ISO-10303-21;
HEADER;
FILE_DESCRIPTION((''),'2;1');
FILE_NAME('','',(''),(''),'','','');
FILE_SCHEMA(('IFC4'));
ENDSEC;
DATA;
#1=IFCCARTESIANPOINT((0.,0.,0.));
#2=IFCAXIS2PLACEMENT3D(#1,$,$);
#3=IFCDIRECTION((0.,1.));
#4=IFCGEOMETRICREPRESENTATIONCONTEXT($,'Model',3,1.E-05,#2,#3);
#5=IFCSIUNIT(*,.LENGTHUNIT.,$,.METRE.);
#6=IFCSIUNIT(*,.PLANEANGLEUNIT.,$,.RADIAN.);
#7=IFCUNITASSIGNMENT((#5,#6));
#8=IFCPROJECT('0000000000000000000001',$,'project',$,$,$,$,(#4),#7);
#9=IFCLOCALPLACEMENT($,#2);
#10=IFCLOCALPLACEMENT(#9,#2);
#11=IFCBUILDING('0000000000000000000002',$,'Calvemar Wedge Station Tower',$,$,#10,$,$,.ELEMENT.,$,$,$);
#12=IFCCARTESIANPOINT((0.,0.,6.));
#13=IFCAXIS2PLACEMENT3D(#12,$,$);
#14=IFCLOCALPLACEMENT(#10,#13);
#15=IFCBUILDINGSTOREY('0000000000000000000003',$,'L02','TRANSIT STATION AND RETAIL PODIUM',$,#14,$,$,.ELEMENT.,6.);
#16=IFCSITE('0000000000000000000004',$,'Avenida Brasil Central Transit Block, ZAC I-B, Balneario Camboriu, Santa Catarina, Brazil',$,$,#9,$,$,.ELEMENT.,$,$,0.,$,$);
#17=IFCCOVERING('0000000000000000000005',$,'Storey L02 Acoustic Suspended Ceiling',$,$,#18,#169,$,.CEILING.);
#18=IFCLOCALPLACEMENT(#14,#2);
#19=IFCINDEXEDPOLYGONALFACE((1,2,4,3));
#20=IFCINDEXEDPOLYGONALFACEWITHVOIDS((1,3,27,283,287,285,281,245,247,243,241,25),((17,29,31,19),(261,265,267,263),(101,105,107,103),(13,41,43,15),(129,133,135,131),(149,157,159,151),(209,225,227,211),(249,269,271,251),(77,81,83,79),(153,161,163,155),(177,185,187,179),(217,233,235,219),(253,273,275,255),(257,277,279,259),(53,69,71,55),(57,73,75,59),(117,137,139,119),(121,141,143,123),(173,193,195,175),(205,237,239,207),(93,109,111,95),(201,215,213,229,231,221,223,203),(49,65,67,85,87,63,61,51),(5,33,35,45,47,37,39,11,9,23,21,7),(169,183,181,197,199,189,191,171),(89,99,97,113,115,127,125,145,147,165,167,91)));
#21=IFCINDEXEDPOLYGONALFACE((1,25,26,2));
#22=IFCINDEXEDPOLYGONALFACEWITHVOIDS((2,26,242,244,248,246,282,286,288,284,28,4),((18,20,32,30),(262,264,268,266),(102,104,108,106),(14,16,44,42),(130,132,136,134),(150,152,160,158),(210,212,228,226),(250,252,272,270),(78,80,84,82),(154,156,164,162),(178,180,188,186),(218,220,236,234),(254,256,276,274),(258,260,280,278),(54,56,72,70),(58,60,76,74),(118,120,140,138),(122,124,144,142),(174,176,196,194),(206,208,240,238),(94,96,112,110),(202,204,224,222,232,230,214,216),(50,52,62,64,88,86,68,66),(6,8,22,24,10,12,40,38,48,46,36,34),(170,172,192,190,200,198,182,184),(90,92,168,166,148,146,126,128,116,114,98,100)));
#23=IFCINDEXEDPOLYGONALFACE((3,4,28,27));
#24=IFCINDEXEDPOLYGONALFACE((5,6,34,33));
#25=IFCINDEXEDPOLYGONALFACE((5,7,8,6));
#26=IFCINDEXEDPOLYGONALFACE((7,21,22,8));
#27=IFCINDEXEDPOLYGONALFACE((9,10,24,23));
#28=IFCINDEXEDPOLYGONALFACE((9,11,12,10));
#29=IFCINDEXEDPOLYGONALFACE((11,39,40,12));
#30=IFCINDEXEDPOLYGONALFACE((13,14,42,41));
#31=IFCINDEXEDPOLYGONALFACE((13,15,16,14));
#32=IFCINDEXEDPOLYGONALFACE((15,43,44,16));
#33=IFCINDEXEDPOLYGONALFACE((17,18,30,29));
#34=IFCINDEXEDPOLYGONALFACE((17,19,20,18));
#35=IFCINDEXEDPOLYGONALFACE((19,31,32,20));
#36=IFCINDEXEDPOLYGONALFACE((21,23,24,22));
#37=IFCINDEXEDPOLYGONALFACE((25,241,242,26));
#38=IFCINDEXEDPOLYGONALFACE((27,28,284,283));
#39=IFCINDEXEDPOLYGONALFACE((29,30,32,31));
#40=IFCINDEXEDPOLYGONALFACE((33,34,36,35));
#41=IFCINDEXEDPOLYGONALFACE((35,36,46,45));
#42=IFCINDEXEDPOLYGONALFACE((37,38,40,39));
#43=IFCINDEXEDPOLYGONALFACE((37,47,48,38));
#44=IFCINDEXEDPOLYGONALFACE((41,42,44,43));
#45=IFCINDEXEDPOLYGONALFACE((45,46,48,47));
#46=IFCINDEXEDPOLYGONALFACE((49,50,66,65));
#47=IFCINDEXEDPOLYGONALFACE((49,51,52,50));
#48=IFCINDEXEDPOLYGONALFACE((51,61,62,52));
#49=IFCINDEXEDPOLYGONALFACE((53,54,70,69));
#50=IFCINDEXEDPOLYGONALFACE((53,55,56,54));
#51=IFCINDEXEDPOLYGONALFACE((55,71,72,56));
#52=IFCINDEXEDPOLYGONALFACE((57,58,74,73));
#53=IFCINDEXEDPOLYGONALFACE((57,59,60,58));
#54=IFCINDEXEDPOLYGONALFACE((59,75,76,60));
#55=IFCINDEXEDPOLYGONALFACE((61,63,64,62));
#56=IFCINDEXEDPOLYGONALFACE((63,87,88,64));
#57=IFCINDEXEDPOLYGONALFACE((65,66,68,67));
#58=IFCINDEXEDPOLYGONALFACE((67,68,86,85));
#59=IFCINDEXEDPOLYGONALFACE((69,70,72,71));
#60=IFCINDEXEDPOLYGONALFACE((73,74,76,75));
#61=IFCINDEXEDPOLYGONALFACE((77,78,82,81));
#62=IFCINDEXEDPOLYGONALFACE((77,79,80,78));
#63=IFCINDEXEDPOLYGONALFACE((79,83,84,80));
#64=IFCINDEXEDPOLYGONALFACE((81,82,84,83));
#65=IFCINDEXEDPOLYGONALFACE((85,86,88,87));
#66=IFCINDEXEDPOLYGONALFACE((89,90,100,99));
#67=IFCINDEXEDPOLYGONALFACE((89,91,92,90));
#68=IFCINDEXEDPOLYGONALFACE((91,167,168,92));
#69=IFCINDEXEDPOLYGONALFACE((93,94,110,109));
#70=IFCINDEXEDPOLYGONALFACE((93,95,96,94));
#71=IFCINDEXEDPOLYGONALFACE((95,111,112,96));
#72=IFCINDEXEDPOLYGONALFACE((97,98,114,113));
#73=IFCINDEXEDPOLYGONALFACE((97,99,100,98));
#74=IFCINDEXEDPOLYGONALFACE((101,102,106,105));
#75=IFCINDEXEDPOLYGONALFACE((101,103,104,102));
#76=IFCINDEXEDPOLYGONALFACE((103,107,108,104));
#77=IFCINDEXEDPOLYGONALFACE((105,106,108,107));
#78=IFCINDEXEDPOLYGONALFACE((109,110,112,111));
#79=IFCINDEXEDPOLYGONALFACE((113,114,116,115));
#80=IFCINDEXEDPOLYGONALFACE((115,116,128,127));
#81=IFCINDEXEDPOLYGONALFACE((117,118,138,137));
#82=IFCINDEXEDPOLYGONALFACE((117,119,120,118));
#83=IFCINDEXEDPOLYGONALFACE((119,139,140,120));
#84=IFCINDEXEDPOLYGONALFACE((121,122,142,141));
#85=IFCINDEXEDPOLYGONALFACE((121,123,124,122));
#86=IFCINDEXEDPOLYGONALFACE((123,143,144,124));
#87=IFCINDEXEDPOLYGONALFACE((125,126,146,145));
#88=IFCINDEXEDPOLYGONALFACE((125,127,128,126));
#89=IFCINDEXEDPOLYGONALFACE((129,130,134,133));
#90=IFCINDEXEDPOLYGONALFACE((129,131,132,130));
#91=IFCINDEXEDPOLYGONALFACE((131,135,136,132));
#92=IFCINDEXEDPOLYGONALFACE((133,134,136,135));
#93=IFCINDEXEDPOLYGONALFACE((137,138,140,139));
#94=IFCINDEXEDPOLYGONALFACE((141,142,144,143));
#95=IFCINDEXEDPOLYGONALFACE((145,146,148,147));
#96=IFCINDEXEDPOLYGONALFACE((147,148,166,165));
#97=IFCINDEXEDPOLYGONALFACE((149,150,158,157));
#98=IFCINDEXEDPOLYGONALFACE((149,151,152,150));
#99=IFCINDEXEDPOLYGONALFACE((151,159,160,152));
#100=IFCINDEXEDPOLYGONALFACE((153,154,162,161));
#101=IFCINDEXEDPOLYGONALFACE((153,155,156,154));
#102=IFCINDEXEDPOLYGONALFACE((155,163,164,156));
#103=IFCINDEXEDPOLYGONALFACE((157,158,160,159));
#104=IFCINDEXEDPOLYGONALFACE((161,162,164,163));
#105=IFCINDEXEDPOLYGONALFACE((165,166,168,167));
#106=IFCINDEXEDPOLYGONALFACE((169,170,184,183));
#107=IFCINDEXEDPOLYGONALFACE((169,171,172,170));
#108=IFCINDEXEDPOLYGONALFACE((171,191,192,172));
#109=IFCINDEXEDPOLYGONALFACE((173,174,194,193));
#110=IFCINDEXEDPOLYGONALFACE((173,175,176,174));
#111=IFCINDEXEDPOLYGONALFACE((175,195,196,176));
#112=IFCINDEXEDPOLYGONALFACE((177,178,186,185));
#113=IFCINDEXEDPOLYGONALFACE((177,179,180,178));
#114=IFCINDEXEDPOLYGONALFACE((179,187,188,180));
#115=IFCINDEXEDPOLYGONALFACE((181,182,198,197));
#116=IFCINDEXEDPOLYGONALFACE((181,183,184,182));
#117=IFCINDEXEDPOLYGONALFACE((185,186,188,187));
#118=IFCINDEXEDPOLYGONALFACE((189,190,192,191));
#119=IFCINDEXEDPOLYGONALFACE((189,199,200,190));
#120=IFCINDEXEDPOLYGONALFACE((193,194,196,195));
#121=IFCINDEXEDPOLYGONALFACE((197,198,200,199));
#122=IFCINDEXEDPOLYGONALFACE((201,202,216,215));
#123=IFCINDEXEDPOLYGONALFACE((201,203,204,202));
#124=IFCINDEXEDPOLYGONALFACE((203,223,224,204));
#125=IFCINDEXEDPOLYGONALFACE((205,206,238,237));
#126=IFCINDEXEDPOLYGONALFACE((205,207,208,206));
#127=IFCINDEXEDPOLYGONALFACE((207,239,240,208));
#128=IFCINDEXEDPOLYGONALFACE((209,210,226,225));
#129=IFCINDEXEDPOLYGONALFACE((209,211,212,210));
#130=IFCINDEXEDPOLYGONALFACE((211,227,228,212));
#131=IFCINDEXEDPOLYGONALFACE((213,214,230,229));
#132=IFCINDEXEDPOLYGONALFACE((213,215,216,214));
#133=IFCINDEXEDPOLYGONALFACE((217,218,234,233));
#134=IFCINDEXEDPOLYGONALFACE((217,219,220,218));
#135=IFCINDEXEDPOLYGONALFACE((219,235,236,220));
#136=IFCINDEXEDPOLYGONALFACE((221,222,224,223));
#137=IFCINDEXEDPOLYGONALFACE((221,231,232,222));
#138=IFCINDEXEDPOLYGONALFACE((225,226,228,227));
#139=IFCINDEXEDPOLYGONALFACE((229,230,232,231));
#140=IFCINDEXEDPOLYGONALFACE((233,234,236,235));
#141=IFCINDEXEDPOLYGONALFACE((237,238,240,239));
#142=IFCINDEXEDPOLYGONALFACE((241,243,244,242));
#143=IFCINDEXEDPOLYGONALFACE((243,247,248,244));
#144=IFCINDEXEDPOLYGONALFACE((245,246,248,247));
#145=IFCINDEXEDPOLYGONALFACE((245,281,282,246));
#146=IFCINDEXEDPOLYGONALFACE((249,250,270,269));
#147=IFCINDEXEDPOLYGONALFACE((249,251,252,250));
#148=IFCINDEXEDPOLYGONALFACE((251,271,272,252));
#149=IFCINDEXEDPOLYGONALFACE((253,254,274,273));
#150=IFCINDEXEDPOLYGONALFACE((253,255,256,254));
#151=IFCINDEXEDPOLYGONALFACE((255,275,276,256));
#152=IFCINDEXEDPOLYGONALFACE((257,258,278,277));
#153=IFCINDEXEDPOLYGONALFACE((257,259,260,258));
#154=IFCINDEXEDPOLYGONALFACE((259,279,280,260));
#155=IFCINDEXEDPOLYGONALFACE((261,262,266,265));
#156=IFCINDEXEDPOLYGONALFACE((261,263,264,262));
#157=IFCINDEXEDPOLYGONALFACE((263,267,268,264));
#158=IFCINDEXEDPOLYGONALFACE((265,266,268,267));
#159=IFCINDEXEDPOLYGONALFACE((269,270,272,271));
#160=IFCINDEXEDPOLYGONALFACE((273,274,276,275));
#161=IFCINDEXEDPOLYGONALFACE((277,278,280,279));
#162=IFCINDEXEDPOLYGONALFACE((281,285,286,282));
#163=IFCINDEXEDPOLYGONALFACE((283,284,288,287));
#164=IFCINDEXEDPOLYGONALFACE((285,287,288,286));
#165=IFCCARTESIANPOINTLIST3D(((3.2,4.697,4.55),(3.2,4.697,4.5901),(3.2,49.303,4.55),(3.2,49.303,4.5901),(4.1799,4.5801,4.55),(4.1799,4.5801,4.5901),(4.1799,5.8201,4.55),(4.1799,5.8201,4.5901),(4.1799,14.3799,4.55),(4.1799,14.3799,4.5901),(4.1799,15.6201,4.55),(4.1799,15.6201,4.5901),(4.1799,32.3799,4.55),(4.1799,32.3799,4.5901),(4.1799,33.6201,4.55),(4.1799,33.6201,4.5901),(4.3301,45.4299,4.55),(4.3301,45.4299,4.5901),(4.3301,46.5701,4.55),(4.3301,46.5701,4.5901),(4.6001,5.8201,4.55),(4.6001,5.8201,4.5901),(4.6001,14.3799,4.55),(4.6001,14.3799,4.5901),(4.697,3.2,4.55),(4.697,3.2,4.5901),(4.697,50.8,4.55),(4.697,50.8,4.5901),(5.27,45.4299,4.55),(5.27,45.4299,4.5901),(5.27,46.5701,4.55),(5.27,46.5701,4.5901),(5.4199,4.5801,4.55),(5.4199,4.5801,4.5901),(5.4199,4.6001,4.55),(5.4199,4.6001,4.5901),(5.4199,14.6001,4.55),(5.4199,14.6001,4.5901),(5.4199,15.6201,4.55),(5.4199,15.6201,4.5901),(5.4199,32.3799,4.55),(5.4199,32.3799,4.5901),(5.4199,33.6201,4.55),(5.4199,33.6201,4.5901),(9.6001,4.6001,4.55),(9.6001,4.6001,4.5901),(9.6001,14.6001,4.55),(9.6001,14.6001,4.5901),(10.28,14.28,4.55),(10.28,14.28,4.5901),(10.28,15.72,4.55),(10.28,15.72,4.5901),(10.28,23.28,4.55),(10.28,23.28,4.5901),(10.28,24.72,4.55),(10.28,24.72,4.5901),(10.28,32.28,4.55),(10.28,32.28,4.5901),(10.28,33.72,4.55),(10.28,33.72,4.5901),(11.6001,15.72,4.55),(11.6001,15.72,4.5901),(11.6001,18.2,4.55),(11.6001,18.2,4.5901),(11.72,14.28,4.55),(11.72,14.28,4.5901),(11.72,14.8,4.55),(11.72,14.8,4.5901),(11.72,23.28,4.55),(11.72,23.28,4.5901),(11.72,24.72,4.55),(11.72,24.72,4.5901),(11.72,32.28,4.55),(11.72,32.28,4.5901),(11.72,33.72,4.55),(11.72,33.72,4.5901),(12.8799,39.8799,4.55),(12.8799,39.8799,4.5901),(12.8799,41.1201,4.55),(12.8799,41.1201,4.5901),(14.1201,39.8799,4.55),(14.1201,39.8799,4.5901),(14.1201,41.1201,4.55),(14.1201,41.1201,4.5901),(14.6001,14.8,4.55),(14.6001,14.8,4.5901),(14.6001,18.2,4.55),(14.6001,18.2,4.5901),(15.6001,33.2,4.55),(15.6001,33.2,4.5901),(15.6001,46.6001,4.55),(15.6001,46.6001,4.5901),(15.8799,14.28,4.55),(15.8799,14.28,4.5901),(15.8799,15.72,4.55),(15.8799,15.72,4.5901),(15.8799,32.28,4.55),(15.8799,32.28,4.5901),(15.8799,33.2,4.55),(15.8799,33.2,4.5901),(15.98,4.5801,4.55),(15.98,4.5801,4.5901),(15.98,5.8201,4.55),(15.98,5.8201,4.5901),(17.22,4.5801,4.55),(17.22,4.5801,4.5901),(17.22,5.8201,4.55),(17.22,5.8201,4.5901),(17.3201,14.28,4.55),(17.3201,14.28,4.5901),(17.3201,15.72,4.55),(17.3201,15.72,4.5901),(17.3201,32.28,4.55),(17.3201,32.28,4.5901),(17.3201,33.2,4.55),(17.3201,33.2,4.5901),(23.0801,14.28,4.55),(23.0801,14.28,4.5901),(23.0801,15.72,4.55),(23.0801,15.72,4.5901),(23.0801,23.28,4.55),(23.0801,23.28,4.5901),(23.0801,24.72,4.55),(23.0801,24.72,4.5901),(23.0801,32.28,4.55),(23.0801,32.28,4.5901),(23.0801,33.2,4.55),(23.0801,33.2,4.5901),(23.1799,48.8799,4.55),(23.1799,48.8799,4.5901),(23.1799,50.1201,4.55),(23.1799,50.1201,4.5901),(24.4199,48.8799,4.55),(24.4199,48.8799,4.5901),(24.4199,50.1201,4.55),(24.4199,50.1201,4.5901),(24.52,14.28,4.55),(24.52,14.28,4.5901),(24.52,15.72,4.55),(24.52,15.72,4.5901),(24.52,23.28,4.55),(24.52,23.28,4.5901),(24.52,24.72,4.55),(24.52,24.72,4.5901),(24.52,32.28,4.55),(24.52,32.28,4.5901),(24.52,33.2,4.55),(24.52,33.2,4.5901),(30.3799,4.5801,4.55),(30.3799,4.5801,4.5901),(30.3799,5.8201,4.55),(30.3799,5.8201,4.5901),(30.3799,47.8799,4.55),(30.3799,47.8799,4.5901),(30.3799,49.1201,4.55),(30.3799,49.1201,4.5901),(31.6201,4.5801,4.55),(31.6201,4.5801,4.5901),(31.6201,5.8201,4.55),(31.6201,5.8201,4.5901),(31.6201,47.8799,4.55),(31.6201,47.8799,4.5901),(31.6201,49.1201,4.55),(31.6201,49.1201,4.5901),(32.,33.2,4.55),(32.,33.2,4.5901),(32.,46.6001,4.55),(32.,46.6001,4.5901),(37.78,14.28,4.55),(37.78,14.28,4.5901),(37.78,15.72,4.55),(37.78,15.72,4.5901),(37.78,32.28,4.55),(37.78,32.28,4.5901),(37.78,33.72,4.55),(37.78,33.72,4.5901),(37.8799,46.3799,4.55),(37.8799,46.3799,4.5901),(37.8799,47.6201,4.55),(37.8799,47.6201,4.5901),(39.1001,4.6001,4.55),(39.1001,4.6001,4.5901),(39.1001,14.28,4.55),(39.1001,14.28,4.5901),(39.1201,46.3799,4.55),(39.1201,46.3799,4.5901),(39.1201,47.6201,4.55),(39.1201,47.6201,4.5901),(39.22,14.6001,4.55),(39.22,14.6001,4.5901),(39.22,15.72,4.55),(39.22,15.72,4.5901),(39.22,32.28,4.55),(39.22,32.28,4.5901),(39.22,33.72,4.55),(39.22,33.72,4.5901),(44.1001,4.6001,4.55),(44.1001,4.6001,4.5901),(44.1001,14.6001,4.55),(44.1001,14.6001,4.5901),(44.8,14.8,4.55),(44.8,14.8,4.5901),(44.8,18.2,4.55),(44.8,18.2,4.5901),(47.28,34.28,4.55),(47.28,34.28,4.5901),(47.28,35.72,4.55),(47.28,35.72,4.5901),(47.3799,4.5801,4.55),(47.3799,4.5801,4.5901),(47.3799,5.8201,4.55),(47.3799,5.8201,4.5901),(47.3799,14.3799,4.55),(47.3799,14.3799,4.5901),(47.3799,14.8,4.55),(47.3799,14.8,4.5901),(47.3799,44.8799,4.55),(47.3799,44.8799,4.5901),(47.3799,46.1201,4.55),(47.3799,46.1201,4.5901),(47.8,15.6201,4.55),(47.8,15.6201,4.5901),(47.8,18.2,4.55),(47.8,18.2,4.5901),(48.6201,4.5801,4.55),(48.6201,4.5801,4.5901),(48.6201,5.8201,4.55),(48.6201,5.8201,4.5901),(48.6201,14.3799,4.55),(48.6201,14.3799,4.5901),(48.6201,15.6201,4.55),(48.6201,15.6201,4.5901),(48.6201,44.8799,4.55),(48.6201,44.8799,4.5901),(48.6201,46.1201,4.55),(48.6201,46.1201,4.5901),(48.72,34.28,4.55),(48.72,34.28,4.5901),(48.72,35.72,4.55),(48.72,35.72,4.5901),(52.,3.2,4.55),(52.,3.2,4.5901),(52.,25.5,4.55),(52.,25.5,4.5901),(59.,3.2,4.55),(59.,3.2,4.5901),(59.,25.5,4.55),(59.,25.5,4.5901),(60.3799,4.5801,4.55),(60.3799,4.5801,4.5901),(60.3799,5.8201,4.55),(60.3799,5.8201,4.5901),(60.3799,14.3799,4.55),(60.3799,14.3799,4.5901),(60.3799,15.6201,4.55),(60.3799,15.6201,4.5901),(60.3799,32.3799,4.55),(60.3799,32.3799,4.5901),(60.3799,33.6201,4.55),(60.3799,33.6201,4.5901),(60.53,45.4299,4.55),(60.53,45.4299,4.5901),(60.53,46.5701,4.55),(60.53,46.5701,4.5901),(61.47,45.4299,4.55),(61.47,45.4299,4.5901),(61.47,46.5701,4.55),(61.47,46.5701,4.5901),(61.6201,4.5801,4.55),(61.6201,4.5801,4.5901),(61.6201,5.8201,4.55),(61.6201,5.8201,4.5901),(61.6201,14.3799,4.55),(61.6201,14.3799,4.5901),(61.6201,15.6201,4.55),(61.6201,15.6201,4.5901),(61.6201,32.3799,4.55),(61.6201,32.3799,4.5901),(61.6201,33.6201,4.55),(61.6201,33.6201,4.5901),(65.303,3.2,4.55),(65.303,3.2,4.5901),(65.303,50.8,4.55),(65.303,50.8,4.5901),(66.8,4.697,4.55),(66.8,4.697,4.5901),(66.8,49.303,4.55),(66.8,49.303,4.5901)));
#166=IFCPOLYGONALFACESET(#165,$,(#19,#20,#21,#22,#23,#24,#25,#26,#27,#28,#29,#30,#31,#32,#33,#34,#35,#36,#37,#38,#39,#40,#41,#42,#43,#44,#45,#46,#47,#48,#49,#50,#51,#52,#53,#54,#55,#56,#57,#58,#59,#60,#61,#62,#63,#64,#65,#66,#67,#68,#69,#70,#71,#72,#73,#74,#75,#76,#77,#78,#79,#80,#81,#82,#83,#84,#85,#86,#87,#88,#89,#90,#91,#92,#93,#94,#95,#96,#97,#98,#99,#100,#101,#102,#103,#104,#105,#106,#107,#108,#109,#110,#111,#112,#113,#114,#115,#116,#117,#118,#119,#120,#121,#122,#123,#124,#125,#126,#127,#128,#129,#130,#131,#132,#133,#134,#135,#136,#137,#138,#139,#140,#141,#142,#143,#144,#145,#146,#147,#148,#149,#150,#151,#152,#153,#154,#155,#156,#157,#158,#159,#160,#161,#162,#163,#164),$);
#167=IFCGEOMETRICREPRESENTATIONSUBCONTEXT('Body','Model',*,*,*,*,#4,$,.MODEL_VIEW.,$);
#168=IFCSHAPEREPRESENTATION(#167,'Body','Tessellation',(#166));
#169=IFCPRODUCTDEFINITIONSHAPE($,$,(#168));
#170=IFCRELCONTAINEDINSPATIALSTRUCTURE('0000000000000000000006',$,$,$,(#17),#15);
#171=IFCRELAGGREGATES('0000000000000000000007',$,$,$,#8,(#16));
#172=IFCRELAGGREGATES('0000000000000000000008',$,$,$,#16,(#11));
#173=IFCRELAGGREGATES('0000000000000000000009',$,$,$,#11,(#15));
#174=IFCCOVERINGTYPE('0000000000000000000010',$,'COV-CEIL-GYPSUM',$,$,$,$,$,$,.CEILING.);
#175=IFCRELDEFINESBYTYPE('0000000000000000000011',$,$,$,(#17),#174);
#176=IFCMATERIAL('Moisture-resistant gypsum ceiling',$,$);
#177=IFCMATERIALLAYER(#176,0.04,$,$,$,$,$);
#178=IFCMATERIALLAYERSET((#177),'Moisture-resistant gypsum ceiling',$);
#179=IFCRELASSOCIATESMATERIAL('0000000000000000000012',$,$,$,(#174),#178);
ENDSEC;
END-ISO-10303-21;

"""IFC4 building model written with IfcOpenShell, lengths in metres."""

from ifc_helpers import new_model, si_unit, direction, frame, origin, place, context, subcontext, project, spatial, polyline, outline, extrude, material, layer, layer_set, type_object, element, save


model = new_model("IFC4")

# Units and contexts
model_context = context("Model", 3, precision=1e-05, world=origin(), true_north=direction((0.0, 1.0)))
body_context = subcontext(model_context, "Body", "Model", "MODEL_VIEW")
ifc_project = project(units=[si_unit("LENGTHUNIT", "METRE"), si_unit("PLANEANGLEUNIT", "RADIAN")], contexts=[model_context])

# Site, building, storey
site_placement = place(None, origin())
site = spatial("IfcSite", under=ifc_project, at=site_placement, Name="Avenida Brasil Central Transit Block, ZAC I-B, Balneario Camboriu, Santa Catarina, Brazil", CompositionType="ELEMENT", RefElevation=0.0)
building_placement = place(site_placement, origin())
building = spatial("IfcBuilding", under=site, at=building_placement, Name="Calvemar Wedge Station Tower", CompositionType="ELEMENT")
storey_placement = place(building_placement, frame((0.0, 0.0, 6.0)))
storey = spatial("IfcBuildingStorey", under=building, at=storey_placement, Name="L02", Description="TRANSIT STATION AND RETAIL PODIUM", CompositionType="ELEMENT", Elevation=6.0)

# Covering
ifc_material_1 = material(Name="Moisture-resistant gypsum ceiling")
ifc_layer_1 = layer(ifc_material_1, 0.04)
ifc_layer_set_1 = layer_set([ifc_layer_1], Name="Moisture-resistant gypsum ceiling")
covering_type_1 = type_object("IfcCoveringType", Name="COV-CEIL-GYPSUM", PredefinedType="CEILING", material=ifc_layer_set_1)
covering_1_placement = place(storey_placement, frame((0.0, 0.0, 4.55)))
element("IfcCovering", 1, at=covering_1_placement, inside=storey, type_object=covering_type_1, Name="Storey L02 Acoustic Suspended Ceiling", PredefinedType="CEILING", context=body_context, shape_type="SweptSolid", body=[
    extrude(outline(polyline([(65.303, 50.8), (4.697, 50.8), (3.2, 49.303), (3.2, 4.697), (4.697, 3.2), (52.0, 3.2), (52.0, 25.5), (59.0, 25.5), (59.0, 3.2), (65.303, 3.2), (66.8, 4.697), (66.8, 49.303), (65.303, 50.8)]), holes=[polyline([(15.6001, 46.6001), (32.0, 46.6001), (32.0, 33.2), (24.52, 33.2), (24.52, 32.28), (23.0801, 32.28), (23.0801, 33.2), (17.3201, 33.2), (17.3201, 32.28), (15.8799, 32.28), (15.8799, 33.2), (15.6001, 33.2), (15.6001, 46.6001)]), polyline([(4.6001, 14.3799), (4.1799, 14.3799), (4.1799, 15.6201), (5.4199, 15.6201), (5.4199, 14.6001), (9.6001, 14.6001), (9.6001, 4.6001), (5.4199, 4.6001), (5.4199, 4.5801), (4.1799, 4.5801), (4.1799, 5.8201), (4.6001, 5.8201), (4.6001, 14.3799)]), polyline([(39.22, 14.6001), (44.1001, 14.6001), (44.1001, 4.6001), (39.1001, 4.6001), (39.1001, 14.28), (37.78, 14.28), (37.78, 15.72), (39.22, 15.72), (39.22, 14.6001)]), polyline([(11.72, 14.28), (10.28, 14.28), (10.28, 15.72), (11.6001, 15.72), (11.6001, 18.2), (14.6001, 18.2), (14.6001, 14.8), (11.72, 14.8), (11.72, 14.28)]), polyline([(44.8, 14.8), (44.8, 18.2), (47.8, 18.2), (47.8, 15.6201), (48.6201, 15.6201), (48.6201, 14.3799), (47.3799, 14.3799), (47.3799, 14.8), (44.8, 14.8)]), polyline([(15.98, 5.8201), (17.22, 5.8201), (17.22, 4.5801), (15.98, 4.5801), (15.98, 5.8201)]), polyline([(31.6201, 5.8201), (31.6201, 4.5801), (30.3799, 4.5801), (30.3799, 5.8201), (31.6201, 5.8201)]), polyline([(48.6201, 4.5801), (47.3799, 4.5801), (47.3799, 5.8201), (48.6201, 5.8201), (48.6201, 4.5801)]), polyline([(60.3799, 4.5801), (60.3799, 5.8201), (61.6201, 5.8201), (61.6201, 4.5801), (60.3799, 4.5801)]), polyline([(17.3201, 14.28), (15.8799, 14.28), (15.8799, 15.72), (17.3201, 15.72), (17.3201, 14.28)]), polyline([(23.0801, 14.28), (23.0801, 15.72), (24.52, 15.72), (24.52, 14.28), (23.0801, 14.28)]), polyline([(61.6201, 14.3799), (60.3799, 14.3799), (60.3799, 15.6201), (61.6201, 15.6201), (61.6201, 14.3799)]), polyline([(10.28, 23.28), (10.28, 24.72), (11.72, 24.72), (11.72, 23.28), (10.28, 23.28)]), polyline([(23.0801, 24.72), (24.52, 24.72), (24.52, 23.28), (23.0801, 23.28), (23.0801, 24.72)]), polyline([(5.4199, 33.6201), (5.4199, 32.3799), (4.1799, 32.3799), (4.1799, 33.6201), (5.4199, 33.6201)]), polyline([(11.72, 32.28), (10.28, 32.28), (10.28, 33.72), (11.72, 33.72), (11.72, 32.28)]), polyline([(39.22, 33.72), (39.22, 32.28), (37.78, 32.28), (37.78, 33.72), (39.22, 33.72)]), polyline([(48.72, 34.28), (47.28, 34.28), (47.28, 35.72), (48.72, 35.72), (48.72, 34.28)]), polyline([(60.3799, 32.3799), (60.3799, 33.6201), (61.6201, 33.6201), (61.6201, 32.3799), (60.3799, 32.3799)]), polyline([(4.3301, 46.5701), (5.27, 46.5701), (5.27, 45.4299), (4.3301, 45.4299), (4.3301, 46.5701)]), polyline([(14.1201, 41.1201), (14.1201, 39.8799), (12.8799, 39.8799), (12.8799, 41.1201), (14.1201, 41.1201)]), polyline([(24.4199, 48.8799), (23.1799, 48.8799), (23.1799, 50.1201), (24.4199, 50.1201), (24.4199, 48.8799)]), polyline([(30.3799, 47.8799), (30.3799, 49.1201), (31.6201, 49.1201), (31.6201, 47.8799), (30.3799, 47.8799)]), polyline([(37.8799, 47.6201), (39.1201, 47.6201), (39.1201, 46.3799), (37.8799, 46.3799), (37.8799, 47.6201)]), polyline([(48.6201, 46.1201), (48.6201, 44.8799), (47.3799, 44.8799), (47.3799, 46.1201), (48.6201, 46.1201)]), polyline([(61.47, 45.4299), (60.53, 45.4299), (60.53, 46.5701), (61.47, 46.5701), (61.47, 45.4299)])]), origin(), (0.0, 0.0, 1.0), 0.04),
])

save(model, "model.ifc")
